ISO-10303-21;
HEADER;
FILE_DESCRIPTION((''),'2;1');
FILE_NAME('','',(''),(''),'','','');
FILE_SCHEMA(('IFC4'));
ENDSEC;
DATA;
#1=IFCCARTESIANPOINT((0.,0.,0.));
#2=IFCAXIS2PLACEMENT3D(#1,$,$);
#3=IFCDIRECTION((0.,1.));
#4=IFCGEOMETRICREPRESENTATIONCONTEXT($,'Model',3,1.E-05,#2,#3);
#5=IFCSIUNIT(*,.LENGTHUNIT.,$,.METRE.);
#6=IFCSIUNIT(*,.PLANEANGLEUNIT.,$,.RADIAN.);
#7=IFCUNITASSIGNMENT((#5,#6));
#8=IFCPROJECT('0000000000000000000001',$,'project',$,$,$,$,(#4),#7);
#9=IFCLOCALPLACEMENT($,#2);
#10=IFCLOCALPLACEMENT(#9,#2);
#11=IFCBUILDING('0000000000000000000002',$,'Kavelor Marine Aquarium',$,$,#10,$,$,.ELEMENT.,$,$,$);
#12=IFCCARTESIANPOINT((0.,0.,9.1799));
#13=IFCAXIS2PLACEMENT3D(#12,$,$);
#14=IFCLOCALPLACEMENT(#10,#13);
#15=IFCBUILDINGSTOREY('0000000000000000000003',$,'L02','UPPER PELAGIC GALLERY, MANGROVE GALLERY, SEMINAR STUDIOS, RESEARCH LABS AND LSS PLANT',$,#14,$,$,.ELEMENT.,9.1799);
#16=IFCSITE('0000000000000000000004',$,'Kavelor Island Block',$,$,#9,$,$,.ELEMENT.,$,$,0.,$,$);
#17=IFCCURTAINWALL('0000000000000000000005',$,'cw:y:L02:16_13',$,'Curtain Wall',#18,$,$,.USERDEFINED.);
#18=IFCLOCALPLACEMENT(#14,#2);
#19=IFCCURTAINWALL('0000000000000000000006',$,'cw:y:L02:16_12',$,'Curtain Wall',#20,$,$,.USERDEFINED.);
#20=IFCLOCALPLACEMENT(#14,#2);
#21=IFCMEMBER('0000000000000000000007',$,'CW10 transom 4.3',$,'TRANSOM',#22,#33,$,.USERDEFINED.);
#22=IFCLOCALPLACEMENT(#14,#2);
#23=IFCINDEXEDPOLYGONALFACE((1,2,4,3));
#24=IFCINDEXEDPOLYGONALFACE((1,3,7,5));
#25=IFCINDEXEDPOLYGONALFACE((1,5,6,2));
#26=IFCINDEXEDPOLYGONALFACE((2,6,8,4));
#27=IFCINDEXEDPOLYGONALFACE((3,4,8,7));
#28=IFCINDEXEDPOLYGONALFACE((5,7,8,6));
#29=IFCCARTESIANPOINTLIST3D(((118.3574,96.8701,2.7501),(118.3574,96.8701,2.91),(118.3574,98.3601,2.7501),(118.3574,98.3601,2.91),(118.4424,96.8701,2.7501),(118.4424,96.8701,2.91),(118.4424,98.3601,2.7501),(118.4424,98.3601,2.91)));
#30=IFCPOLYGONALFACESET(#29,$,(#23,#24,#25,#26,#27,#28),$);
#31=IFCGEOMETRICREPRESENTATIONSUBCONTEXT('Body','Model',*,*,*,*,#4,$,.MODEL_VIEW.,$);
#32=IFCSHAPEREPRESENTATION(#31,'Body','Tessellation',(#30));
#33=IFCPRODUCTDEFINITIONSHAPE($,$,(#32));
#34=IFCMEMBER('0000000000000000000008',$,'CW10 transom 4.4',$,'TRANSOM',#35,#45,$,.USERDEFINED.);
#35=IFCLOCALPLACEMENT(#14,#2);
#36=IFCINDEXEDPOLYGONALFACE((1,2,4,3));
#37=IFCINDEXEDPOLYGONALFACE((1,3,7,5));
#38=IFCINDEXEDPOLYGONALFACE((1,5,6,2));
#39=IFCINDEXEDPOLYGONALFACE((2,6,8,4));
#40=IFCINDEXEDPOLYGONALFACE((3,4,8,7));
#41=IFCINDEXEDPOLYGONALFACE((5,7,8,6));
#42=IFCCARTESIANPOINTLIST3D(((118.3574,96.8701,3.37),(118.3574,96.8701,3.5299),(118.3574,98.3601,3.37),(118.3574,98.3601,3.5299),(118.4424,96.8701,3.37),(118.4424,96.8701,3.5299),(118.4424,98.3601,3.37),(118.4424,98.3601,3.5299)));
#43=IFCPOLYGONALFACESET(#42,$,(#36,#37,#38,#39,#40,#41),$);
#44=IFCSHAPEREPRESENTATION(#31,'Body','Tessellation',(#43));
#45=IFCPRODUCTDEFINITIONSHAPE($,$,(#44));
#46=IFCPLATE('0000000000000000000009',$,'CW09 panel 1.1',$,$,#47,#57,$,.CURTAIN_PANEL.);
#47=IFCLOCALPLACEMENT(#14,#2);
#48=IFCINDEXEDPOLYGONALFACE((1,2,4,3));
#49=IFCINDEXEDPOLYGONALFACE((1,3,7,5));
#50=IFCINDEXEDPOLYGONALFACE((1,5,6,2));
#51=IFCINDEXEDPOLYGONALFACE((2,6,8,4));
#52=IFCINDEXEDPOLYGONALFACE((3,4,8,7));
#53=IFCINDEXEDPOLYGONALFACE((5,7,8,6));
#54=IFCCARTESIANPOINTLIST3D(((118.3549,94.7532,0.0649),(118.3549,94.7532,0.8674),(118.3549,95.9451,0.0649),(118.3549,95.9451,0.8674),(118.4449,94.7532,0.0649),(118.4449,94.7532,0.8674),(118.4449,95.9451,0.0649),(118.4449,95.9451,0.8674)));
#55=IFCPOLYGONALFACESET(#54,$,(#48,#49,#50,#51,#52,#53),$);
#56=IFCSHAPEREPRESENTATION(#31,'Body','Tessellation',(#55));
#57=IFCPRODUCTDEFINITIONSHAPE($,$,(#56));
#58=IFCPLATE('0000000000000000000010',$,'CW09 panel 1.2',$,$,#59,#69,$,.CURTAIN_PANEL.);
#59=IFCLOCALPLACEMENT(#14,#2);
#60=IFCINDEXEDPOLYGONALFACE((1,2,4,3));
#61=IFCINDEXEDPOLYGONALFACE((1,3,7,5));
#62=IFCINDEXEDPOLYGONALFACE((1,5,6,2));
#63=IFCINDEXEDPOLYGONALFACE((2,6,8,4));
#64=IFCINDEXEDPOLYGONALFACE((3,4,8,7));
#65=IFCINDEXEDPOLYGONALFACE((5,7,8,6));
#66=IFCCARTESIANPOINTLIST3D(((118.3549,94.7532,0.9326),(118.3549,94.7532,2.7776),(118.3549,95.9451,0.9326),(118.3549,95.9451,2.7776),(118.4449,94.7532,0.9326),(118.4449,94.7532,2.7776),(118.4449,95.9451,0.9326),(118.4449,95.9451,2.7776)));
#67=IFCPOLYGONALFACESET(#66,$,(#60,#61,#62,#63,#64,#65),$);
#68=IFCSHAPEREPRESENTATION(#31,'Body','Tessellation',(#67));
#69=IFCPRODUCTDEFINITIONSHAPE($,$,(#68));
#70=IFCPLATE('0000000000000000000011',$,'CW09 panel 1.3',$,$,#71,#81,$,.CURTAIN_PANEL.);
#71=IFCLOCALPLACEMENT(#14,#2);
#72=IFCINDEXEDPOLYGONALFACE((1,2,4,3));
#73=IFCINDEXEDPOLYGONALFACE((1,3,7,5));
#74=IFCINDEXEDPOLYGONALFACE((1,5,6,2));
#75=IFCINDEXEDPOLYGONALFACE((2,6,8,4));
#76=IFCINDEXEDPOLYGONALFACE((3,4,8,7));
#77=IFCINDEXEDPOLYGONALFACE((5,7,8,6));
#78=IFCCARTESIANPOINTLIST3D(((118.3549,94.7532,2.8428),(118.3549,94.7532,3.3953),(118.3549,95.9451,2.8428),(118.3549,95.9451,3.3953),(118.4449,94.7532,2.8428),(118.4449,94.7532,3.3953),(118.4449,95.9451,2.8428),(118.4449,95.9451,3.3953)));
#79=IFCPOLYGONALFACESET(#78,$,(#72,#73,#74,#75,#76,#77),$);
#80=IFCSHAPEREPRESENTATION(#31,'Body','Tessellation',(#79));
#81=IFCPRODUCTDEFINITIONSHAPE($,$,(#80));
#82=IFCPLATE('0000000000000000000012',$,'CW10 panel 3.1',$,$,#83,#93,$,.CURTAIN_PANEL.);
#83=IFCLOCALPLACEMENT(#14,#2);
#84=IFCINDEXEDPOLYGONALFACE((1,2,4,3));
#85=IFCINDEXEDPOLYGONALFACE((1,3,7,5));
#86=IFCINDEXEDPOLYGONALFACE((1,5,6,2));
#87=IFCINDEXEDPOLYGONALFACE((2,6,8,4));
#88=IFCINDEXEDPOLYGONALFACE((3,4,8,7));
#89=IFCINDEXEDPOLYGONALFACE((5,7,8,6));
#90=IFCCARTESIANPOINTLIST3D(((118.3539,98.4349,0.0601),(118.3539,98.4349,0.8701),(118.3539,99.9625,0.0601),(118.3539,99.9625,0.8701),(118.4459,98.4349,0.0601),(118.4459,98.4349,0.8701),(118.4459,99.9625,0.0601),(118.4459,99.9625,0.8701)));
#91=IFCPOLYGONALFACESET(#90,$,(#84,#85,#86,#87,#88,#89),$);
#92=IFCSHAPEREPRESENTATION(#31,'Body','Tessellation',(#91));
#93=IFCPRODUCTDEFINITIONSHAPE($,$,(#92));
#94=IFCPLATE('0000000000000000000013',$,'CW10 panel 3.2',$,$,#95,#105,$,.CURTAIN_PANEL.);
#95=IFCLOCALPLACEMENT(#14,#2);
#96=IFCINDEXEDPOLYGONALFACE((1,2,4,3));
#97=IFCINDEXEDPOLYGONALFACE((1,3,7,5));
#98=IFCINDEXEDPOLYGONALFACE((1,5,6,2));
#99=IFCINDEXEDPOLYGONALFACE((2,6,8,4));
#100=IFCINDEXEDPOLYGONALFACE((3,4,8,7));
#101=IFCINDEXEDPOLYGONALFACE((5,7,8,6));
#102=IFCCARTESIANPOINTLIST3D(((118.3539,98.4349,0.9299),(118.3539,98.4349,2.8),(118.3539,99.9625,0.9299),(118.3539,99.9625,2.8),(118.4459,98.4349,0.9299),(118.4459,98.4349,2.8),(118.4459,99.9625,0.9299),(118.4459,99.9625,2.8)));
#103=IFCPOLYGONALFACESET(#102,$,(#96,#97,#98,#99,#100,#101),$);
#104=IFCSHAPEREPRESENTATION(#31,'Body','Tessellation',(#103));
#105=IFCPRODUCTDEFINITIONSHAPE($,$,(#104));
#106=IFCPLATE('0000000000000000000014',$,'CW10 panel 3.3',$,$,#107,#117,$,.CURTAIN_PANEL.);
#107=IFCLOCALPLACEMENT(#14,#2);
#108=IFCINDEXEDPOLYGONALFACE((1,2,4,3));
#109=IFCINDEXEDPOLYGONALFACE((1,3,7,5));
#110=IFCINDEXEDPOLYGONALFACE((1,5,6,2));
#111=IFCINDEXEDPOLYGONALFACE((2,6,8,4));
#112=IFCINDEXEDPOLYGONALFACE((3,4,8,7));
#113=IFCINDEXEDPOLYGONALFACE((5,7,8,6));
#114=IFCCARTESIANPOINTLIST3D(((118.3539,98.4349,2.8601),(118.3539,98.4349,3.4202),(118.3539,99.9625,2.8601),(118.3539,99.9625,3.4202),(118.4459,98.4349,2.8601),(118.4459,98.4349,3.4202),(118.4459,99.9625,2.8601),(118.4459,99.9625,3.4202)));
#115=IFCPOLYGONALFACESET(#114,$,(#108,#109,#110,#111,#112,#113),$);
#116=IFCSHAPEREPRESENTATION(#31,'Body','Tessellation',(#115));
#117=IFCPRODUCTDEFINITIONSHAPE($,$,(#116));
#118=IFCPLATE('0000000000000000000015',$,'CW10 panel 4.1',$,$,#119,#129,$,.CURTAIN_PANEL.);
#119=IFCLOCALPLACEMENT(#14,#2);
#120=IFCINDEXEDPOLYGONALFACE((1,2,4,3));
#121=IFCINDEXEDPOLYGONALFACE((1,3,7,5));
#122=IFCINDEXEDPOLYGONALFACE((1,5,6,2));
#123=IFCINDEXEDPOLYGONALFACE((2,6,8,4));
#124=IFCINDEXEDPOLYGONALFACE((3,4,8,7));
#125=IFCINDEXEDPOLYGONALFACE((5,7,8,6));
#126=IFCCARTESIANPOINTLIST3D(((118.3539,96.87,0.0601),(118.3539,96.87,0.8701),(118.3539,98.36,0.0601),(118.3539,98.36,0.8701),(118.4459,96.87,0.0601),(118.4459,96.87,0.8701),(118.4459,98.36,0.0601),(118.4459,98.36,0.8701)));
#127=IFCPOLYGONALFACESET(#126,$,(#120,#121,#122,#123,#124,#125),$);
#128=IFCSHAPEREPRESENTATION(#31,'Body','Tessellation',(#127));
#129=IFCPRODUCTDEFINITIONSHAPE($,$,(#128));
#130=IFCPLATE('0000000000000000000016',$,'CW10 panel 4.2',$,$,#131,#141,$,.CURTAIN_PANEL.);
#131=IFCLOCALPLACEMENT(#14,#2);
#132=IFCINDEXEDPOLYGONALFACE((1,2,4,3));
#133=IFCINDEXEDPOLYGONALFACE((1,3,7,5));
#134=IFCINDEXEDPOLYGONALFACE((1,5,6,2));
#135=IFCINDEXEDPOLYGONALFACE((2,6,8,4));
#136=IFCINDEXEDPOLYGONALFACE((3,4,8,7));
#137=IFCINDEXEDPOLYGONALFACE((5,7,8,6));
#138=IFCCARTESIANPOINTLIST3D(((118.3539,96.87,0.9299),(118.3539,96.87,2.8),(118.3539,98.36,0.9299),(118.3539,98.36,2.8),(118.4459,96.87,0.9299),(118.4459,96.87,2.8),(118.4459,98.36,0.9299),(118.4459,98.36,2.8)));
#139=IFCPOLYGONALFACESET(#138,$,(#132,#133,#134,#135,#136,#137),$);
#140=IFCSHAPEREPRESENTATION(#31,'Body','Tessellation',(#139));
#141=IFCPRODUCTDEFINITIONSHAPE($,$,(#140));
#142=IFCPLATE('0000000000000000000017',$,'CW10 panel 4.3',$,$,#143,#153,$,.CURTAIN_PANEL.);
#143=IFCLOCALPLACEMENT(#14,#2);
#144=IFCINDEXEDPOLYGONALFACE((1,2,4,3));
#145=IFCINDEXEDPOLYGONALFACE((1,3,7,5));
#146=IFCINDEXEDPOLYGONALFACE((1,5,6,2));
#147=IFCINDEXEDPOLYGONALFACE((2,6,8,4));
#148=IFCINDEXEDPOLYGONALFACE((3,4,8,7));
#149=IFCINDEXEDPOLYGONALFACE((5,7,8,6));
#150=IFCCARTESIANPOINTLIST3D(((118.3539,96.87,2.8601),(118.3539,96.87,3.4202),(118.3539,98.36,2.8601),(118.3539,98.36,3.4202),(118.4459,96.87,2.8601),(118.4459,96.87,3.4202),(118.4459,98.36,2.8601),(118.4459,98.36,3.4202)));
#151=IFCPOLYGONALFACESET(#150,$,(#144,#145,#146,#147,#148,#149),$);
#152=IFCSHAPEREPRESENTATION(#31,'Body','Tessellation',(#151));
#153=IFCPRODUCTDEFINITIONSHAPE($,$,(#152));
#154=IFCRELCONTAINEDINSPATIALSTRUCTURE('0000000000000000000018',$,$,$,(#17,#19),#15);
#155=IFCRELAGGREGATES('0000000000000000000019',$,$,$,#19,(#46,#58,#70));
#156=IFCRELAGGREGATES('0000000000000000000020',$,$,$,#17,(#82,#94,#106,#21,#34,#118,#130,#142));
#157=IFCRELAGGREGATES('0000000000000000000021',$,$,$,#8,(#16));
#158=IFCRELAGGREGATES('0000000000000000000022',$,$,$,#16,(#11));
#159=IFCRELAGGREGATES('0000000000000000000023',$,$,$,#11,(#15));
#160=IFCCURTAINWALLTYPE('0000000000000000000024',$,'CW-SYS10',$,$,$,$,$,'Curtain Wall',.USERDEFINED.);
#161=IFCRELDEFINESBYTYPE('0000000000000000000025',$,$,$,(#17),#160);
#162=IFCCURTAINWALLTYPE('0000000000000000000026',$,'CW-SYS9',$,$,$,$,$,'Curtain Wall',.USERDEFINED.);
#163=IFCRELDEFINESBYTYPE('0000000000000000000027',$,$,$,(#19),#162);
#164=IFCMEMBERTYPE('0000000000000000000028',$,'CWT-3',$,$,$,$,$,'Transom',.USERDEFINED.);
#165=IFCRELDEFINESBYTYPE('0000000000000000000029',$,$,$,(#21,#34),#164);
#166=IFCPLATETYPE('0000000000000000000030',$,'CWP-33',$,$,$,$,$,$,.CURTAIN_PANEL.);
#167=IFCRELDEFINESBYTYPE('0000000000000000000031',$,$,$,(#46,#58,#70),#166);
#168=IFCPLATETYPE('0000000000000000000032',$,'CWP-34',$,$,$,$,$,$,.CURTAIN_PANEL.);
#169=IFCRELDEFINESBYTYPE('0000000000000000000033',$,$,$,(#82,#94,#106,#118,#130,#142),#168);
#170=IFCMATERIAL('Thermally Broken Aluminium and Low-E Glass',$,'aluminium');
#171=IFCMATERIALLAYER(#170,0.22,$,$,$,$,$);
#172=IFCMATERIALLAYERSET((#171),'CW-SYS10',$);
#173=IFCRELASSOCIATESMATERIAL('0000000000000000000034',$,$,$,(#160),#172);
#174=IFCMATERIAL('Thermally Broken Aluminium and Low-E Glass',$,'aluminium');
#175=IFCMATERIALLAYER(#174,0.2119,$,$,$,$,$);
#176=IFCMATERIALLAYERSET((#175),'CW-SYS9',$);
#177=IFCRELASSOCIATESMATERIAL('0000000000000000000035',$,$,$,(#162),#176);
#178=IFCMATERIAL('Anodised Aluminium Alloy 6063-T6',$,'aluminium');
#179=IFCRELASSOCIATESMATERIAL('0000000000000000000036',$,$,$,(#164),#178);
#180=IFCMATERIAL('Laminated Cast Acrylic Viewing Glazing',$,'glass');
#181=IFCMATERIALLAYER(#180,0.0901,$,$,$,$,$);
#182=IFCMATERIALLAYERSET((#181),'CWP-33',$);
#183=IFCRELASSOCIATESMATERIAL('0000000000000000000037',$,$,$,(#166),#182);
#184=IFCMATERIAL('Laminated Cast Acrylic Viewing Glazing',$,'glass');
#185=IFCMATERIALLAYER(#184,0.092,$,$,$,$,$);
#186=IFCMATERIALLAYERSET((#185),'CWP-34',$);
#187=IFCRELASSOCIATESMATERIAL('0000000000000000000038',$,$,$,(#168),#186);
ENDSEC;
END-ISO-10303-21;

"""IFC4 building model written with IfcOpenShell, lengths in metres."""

from ifc_helpers import new_model, si_unit, direction, frame, origin, origin_2d, place, context, subcontext, project, spatial, rectangle, extrude, material, layer, layer_set, material_profile, profile_set, type_object, element, aggregate, save


model = new_model("IFC4")

# Units and contexts
model_context = context("Model", 3, precision=1e-05, world=origin(), true_north=direction((0.0, 1.0)))
body_context = subcontext(model_context, "Body", "Model", "MODEL_VIEW")
ifc_project = project(units=[si_unit("LENGTHUNIT", "METRE"), si_unit("PLANEANGLEUNIT", "RADIAN")], contexts=[model_context])

# Site, building, storey
site_placement = place(None, origin())
site = spatial("IfcSite", under=ifc_project, at=site_placement, Name="Kavelor Island Block", CompositionType="ELEMENT", RefElevation=0.0)
building_placement = place(site_placement, origin())
building = spatial("IfcBuilding", under=site, at=building_placement, Name="Kavelor Marine Aquarium", CompositionType="ELEMENT")
storey_placement = place(building_placement, frame((0.0, 0.0, 9.1799)))
storey = spatial("IfcBuildingStorey", under=building, at=storey_placement, Name="L02", Description="UPPER PELAGIC GALLERY, MANGROVE GALLERY, SEMINAR STUDIOS, RESEARCH LABS AND LSS PLANT", CompositionType="ELEMENT", Elevation=9.1799)

# Curtain walls
ifc_material_1 = material(Name="Thermally Broken Aluminium and Low-E Glass", Category="aluminium")
ifc_layer_1 = layer(ifc_material_1, 0.22)
ifc_layer_set_1 = layer_set([ifc_layer_1], Name="CW-SYS10")
curtain_wall_type_1 = type_object("IfcCurtainWallType", Name="CW-SYS10", ElementType="Curtain Wall", PredefinedType="USERDEFINED", material=ifc_layer_set_1)
curtain_wall_1_placement = place(storey_placement, origin())
curtain_wall_1 = element("IfcCurtainWall", 1, at=curtain_wall_1_placement, inside=storey, type_object=curtain_wall_type_1, Name="cw:y:L02:16_13", ObjectType="Curtain Wall", PredefinedType="USERDEFINED")
ifc_material_2 = material(Name="Thermally Broken Aluminium and Low-E Glass", Category="aluminium")
ifc_layer_2 = layer(ifc_material_2, 0.2119)
ifc_layer_set_2 = layer_set([ifc_layer_2], Name="CW-SYS9")
curtain_wall_type_2 = type_object("IfcCurtainWallType", Name="CW-SYS9", ElementType="Curtain Wall", PredefinedType="USERDEFINED", material=ifc_layer_set_2)
curtain_wall_2_placement = place(storey_placement, origin())
curtain_wall_2 = element("IfcCurtainWall", 2, at=curtain_wall_2_placement, inside=storey, type_object=curtain_wall_type_2, Name="cw:y:L02:16_12", ObjectType="Curtain Wall", PredefinedType="USERDEFINED")

# Members
ifc_material_3 = material(Name="Anodised Aluminium Alloy 6063-T6", Category="aluminium")
ifc_material_profile_1 = material_profile(ifc_material_3, rectangle(XDim=0.085, YDim=0.1599, at=origin_2d()), Name="CW-TRN 85x160")
ifc_profile_set_1 = profile_set([ifc_material_profile_1], Name="Anodised Aluminium Alloy 6063-T6")
member_type_1 = type_object("IfcMemberType", Name="CWT-3", ElementType="Transom", PredefinedType="USERDEFINED", material=ifc_profile_set_1)
member_1_placement = place(storey_placement, frame((118.3999, 98.3601, 2.8301), z_axis=(0.0, -1.0, 0.0), x_axis=(1.0, 0.0, 0.0)))
member_1 = element("IfcMember", 3, at=member_1_placement, type_object=member_type_1, Name="CW10 transom 4.3", ObjectType="TRANSOM", PredefinedType="USERDEFINED", context=body_context, shape_type="SweptSolid", body=[
    extrude(rectangle(XDim=0.085, YDim=0.1599, at=origin_2d()), origin(), (0.0, 0.0, 1.0), 1.49),
])
member_2_placement = place(storey_placement, frame((118.3999, 98.3601, 3.45), z_axis=(0.0, -1.0, 0.0), x_axis=(1.0, 0.0, 0.0)))
member_2 = element("IfcMember", 4, at=member_2_placement, type_object=member_type_1, Name="CW10 transom 4.4", ObjectType="TRANSOM", PredefinedType="USERDEFINED", context=body_context, shape_type="SweptSolid", body=[
    extrude(rectangle(XDim=0.085, YDim=0.1599, at=origin_2d()), origin(), (0.0, 0.0, 1.0), 1.49),
])

# Plates
ifc_material_4 = material(Name="Laminated Cast Acrylic Viewing Glazing", Category="glass")
ifc_layer_3 = layer(ifc_material_4, 0.0901)
ifc_layer_set_3 = layer_set([ifc_layer_3], Name="CWP-33")
plate_type_1 = type_object("IfcPlateType", Name="CWP-33", PredefinedType="CURTAIN_PANEL", material=ifc_layer_set_3)
plate_1_placement = place(storey_placement, frame((118.3999, 95.3491, 0.0649), z_axis=(0.0, 0.0, 1.0), x_axis=(0.0, -1.0, 0.0)))
plate_1 = element("IfcPlate", 5, at=plate_1_placement, type_object=plate_type_1, Name="CW09 panel 1.1", PredefinedType="CURTAIN_PANEL", context=body_context, shape_type="SweptSolid", body=[
    extrude(rectangle(XDim=1.1919, YDim=0.0901, at=origin_2d()), origin(), (0.0, 0.0, 1.0), 0.8025),
])
plate_2_placement = place(storey_placement, frame((118.3999, 95.3491, 0.9326), z_axis=(0.0, 0.0, 1.0), x_axis=(0.0, -1.0, 0.0)))
plate_2 = element("IfcPlate", 6, at=plate_2_placement, type_object=plate_type_1, Name="CW09 panel 1.2", PredefinedType="CURTAIN_PANEL", context=body_context, shape_type="SweptSolid", body=[
    extrude(rectangle(XDim=1.1919, YDim=0.0901, at=origin_2d()), origin(), (0.0, 0.0, 1.0), 1.845),
])
plate_3_placement = place(storey_placement, frame((118.3999, 95.3491, 2.8428), z_axis=(0.0, 0.0, 1.0), x_axis=(0.0, -1.0, 0.0)))
plate_3 = element("IfcPlate", 7, at=plate_3_placement, type_object=plate_type_1, Name="CW09 panel 1.3", PredefinedType="CURTAIN_PANEL", context=body_context, shape_type="SweptSolid", body=[
    extrude(rectangle(XDim=1.1919, YDim=0.0901, at=origin_2d()), origin(), (0.0, 0.0, 1.0), 0.5525),
])
aggregate(curtain_wall_2, [plate_1, plate_2, plate_3])
ifc_material_5 = material(Name="Laminated Cast Acrylic Viewing Glazing", Category="glass")
ifc_layer_4 = layer(ifc_material_5, 0.092)
ifc_layer_set_4 = layer_set([ifc_layer_4], Name="CWP-34")
plate_type_2 = type_object("IfcPlateType", Name="CWP-34", PredefinedType="CURTAIN_PANEL", material=ifc_layer_set_4)
plate_4_placement = place(storey_placement, frame((118.3999, 99.1987, 0.0601), z_axis=(0.0, 0.0, 1.0), x_axis=(0.0, -1.0, 0.0)))
plate_4 = element("IfcPlate", 8, at=plate_4_placement, type_object=plate_type_2, Name="CW10 panel 3.1", PredefinedType="CURTAIN_PANEL", context=body_context, shape_type="SweptSolid", body=[
    extrude(rectangle(XDim=1.5276, YDim=0.092, at=origin_2d()), origin(), (0.0, 0.0, 1.0), 0.8101),
])
plate_5_placement = place(storey_placement, frame((118.3999, 99.1987, 0.9299), z_axis=(0.0, 0.0, 1.0), x_axis=(0.0, -1.0, 0.0)))
plate_5 = element("IfcPlate", 9, at=plate_5_placement, type_object=plate_type_2, Name="CW10 panel 3.2", PredefinedType="CURTAIN_PANEL", context=body_context, shape_type="SweptSolid", body=[
    extrude(rectangle(XDim=1.5276, YDim=0.092, at=origin_2d()), origin(), (0.0, 0.0, 1.0), 1.8701),
])
plate_6_placement = place(storey_placement, frame((118.3999, 99.1987, 2.8601), z_axis=(0.0, 0.0, 1.0), x_axis=(0.0, -1.0, 0.0)))
plate_6 = element("IfcPlate", 10, at=plate_6_placement, type_object=plate_type_2, Name="CW10 panel 3.3", PredefinedType="CURTAIN_PANEL", context=body_context, shape_type="SweptSolid", body=[
    extrude(rectangle(XDim=1.5276, YDim=0.092, at=origin_2d()), origin(), (0.0, 0.0, 1.0), 0.5601),
])
plate_7_placement = place(storey_placement, frame((118.3999, 97.615, 0.0601), z_axis=(0.0, 0.0, 1.0), x_axis=(0.0, -1.0, 0.0)))
plate_7 = element("IfcPlate", 11, at=plate_7_placement, type_object=plate_type_2, Name="CW10 panel 4.1", PredefinedType="CURTAIN_PANEL", context=body_context, shape_type="SweptSolid", body=[
    extrude(rectangle(XDim=1.49, YDim=0.092, at=origin_2d()), origin(), (0.0, 0.0, 1.0), 0.8101),
])
plate_8_placement = place(storey_placement, frame((118.3999, 97.615, 0.9299), z_axis=(0.0, 0.0, 1.0), x_axis=(0.0, -1.0, 0.0)))
plate_8 = element("IfcPlate", 12, at=plate_8_placement, type_object=plate_type_2, Name="CW10 panel 4.2", PredefinedType="CURTAIN_PANEL", context=body_context, shape_type="SweptSolid", body=[
    extrude(rectangle(XDim=1.49, YDim=0.092, at=origin_2d()), origin(), (0.0, 0.0, 1.0), 1.8701),
])
plate_9_placement = place(storey_placement, frame((118.3999, 97.615, 2.8601), z_axis=(0.0, 0.0, 1.0), x_axis=(0.0, -1.0, 0.0)))
plate_9 = element("IfcPlate", 13, at=plate_9_placement, type_object=plate_type_2, Name="CW10 panel 4.3", PredefinedType="CURTAIN_PANEL", context=body_context, shape_type="SweptSolid", body=[
    extrude(rectangle(XDim=1.49, YDim=0.092, at=origin_2d()), origin(), (0.0, 0.0, 1.0), 0.5601),
])
aggregate(curtain_wall_1, [plate_4, plate_5, plate_6, member_1, member_2, plate_7, plate_8, plate_9])

save(model, "model.ifc")
